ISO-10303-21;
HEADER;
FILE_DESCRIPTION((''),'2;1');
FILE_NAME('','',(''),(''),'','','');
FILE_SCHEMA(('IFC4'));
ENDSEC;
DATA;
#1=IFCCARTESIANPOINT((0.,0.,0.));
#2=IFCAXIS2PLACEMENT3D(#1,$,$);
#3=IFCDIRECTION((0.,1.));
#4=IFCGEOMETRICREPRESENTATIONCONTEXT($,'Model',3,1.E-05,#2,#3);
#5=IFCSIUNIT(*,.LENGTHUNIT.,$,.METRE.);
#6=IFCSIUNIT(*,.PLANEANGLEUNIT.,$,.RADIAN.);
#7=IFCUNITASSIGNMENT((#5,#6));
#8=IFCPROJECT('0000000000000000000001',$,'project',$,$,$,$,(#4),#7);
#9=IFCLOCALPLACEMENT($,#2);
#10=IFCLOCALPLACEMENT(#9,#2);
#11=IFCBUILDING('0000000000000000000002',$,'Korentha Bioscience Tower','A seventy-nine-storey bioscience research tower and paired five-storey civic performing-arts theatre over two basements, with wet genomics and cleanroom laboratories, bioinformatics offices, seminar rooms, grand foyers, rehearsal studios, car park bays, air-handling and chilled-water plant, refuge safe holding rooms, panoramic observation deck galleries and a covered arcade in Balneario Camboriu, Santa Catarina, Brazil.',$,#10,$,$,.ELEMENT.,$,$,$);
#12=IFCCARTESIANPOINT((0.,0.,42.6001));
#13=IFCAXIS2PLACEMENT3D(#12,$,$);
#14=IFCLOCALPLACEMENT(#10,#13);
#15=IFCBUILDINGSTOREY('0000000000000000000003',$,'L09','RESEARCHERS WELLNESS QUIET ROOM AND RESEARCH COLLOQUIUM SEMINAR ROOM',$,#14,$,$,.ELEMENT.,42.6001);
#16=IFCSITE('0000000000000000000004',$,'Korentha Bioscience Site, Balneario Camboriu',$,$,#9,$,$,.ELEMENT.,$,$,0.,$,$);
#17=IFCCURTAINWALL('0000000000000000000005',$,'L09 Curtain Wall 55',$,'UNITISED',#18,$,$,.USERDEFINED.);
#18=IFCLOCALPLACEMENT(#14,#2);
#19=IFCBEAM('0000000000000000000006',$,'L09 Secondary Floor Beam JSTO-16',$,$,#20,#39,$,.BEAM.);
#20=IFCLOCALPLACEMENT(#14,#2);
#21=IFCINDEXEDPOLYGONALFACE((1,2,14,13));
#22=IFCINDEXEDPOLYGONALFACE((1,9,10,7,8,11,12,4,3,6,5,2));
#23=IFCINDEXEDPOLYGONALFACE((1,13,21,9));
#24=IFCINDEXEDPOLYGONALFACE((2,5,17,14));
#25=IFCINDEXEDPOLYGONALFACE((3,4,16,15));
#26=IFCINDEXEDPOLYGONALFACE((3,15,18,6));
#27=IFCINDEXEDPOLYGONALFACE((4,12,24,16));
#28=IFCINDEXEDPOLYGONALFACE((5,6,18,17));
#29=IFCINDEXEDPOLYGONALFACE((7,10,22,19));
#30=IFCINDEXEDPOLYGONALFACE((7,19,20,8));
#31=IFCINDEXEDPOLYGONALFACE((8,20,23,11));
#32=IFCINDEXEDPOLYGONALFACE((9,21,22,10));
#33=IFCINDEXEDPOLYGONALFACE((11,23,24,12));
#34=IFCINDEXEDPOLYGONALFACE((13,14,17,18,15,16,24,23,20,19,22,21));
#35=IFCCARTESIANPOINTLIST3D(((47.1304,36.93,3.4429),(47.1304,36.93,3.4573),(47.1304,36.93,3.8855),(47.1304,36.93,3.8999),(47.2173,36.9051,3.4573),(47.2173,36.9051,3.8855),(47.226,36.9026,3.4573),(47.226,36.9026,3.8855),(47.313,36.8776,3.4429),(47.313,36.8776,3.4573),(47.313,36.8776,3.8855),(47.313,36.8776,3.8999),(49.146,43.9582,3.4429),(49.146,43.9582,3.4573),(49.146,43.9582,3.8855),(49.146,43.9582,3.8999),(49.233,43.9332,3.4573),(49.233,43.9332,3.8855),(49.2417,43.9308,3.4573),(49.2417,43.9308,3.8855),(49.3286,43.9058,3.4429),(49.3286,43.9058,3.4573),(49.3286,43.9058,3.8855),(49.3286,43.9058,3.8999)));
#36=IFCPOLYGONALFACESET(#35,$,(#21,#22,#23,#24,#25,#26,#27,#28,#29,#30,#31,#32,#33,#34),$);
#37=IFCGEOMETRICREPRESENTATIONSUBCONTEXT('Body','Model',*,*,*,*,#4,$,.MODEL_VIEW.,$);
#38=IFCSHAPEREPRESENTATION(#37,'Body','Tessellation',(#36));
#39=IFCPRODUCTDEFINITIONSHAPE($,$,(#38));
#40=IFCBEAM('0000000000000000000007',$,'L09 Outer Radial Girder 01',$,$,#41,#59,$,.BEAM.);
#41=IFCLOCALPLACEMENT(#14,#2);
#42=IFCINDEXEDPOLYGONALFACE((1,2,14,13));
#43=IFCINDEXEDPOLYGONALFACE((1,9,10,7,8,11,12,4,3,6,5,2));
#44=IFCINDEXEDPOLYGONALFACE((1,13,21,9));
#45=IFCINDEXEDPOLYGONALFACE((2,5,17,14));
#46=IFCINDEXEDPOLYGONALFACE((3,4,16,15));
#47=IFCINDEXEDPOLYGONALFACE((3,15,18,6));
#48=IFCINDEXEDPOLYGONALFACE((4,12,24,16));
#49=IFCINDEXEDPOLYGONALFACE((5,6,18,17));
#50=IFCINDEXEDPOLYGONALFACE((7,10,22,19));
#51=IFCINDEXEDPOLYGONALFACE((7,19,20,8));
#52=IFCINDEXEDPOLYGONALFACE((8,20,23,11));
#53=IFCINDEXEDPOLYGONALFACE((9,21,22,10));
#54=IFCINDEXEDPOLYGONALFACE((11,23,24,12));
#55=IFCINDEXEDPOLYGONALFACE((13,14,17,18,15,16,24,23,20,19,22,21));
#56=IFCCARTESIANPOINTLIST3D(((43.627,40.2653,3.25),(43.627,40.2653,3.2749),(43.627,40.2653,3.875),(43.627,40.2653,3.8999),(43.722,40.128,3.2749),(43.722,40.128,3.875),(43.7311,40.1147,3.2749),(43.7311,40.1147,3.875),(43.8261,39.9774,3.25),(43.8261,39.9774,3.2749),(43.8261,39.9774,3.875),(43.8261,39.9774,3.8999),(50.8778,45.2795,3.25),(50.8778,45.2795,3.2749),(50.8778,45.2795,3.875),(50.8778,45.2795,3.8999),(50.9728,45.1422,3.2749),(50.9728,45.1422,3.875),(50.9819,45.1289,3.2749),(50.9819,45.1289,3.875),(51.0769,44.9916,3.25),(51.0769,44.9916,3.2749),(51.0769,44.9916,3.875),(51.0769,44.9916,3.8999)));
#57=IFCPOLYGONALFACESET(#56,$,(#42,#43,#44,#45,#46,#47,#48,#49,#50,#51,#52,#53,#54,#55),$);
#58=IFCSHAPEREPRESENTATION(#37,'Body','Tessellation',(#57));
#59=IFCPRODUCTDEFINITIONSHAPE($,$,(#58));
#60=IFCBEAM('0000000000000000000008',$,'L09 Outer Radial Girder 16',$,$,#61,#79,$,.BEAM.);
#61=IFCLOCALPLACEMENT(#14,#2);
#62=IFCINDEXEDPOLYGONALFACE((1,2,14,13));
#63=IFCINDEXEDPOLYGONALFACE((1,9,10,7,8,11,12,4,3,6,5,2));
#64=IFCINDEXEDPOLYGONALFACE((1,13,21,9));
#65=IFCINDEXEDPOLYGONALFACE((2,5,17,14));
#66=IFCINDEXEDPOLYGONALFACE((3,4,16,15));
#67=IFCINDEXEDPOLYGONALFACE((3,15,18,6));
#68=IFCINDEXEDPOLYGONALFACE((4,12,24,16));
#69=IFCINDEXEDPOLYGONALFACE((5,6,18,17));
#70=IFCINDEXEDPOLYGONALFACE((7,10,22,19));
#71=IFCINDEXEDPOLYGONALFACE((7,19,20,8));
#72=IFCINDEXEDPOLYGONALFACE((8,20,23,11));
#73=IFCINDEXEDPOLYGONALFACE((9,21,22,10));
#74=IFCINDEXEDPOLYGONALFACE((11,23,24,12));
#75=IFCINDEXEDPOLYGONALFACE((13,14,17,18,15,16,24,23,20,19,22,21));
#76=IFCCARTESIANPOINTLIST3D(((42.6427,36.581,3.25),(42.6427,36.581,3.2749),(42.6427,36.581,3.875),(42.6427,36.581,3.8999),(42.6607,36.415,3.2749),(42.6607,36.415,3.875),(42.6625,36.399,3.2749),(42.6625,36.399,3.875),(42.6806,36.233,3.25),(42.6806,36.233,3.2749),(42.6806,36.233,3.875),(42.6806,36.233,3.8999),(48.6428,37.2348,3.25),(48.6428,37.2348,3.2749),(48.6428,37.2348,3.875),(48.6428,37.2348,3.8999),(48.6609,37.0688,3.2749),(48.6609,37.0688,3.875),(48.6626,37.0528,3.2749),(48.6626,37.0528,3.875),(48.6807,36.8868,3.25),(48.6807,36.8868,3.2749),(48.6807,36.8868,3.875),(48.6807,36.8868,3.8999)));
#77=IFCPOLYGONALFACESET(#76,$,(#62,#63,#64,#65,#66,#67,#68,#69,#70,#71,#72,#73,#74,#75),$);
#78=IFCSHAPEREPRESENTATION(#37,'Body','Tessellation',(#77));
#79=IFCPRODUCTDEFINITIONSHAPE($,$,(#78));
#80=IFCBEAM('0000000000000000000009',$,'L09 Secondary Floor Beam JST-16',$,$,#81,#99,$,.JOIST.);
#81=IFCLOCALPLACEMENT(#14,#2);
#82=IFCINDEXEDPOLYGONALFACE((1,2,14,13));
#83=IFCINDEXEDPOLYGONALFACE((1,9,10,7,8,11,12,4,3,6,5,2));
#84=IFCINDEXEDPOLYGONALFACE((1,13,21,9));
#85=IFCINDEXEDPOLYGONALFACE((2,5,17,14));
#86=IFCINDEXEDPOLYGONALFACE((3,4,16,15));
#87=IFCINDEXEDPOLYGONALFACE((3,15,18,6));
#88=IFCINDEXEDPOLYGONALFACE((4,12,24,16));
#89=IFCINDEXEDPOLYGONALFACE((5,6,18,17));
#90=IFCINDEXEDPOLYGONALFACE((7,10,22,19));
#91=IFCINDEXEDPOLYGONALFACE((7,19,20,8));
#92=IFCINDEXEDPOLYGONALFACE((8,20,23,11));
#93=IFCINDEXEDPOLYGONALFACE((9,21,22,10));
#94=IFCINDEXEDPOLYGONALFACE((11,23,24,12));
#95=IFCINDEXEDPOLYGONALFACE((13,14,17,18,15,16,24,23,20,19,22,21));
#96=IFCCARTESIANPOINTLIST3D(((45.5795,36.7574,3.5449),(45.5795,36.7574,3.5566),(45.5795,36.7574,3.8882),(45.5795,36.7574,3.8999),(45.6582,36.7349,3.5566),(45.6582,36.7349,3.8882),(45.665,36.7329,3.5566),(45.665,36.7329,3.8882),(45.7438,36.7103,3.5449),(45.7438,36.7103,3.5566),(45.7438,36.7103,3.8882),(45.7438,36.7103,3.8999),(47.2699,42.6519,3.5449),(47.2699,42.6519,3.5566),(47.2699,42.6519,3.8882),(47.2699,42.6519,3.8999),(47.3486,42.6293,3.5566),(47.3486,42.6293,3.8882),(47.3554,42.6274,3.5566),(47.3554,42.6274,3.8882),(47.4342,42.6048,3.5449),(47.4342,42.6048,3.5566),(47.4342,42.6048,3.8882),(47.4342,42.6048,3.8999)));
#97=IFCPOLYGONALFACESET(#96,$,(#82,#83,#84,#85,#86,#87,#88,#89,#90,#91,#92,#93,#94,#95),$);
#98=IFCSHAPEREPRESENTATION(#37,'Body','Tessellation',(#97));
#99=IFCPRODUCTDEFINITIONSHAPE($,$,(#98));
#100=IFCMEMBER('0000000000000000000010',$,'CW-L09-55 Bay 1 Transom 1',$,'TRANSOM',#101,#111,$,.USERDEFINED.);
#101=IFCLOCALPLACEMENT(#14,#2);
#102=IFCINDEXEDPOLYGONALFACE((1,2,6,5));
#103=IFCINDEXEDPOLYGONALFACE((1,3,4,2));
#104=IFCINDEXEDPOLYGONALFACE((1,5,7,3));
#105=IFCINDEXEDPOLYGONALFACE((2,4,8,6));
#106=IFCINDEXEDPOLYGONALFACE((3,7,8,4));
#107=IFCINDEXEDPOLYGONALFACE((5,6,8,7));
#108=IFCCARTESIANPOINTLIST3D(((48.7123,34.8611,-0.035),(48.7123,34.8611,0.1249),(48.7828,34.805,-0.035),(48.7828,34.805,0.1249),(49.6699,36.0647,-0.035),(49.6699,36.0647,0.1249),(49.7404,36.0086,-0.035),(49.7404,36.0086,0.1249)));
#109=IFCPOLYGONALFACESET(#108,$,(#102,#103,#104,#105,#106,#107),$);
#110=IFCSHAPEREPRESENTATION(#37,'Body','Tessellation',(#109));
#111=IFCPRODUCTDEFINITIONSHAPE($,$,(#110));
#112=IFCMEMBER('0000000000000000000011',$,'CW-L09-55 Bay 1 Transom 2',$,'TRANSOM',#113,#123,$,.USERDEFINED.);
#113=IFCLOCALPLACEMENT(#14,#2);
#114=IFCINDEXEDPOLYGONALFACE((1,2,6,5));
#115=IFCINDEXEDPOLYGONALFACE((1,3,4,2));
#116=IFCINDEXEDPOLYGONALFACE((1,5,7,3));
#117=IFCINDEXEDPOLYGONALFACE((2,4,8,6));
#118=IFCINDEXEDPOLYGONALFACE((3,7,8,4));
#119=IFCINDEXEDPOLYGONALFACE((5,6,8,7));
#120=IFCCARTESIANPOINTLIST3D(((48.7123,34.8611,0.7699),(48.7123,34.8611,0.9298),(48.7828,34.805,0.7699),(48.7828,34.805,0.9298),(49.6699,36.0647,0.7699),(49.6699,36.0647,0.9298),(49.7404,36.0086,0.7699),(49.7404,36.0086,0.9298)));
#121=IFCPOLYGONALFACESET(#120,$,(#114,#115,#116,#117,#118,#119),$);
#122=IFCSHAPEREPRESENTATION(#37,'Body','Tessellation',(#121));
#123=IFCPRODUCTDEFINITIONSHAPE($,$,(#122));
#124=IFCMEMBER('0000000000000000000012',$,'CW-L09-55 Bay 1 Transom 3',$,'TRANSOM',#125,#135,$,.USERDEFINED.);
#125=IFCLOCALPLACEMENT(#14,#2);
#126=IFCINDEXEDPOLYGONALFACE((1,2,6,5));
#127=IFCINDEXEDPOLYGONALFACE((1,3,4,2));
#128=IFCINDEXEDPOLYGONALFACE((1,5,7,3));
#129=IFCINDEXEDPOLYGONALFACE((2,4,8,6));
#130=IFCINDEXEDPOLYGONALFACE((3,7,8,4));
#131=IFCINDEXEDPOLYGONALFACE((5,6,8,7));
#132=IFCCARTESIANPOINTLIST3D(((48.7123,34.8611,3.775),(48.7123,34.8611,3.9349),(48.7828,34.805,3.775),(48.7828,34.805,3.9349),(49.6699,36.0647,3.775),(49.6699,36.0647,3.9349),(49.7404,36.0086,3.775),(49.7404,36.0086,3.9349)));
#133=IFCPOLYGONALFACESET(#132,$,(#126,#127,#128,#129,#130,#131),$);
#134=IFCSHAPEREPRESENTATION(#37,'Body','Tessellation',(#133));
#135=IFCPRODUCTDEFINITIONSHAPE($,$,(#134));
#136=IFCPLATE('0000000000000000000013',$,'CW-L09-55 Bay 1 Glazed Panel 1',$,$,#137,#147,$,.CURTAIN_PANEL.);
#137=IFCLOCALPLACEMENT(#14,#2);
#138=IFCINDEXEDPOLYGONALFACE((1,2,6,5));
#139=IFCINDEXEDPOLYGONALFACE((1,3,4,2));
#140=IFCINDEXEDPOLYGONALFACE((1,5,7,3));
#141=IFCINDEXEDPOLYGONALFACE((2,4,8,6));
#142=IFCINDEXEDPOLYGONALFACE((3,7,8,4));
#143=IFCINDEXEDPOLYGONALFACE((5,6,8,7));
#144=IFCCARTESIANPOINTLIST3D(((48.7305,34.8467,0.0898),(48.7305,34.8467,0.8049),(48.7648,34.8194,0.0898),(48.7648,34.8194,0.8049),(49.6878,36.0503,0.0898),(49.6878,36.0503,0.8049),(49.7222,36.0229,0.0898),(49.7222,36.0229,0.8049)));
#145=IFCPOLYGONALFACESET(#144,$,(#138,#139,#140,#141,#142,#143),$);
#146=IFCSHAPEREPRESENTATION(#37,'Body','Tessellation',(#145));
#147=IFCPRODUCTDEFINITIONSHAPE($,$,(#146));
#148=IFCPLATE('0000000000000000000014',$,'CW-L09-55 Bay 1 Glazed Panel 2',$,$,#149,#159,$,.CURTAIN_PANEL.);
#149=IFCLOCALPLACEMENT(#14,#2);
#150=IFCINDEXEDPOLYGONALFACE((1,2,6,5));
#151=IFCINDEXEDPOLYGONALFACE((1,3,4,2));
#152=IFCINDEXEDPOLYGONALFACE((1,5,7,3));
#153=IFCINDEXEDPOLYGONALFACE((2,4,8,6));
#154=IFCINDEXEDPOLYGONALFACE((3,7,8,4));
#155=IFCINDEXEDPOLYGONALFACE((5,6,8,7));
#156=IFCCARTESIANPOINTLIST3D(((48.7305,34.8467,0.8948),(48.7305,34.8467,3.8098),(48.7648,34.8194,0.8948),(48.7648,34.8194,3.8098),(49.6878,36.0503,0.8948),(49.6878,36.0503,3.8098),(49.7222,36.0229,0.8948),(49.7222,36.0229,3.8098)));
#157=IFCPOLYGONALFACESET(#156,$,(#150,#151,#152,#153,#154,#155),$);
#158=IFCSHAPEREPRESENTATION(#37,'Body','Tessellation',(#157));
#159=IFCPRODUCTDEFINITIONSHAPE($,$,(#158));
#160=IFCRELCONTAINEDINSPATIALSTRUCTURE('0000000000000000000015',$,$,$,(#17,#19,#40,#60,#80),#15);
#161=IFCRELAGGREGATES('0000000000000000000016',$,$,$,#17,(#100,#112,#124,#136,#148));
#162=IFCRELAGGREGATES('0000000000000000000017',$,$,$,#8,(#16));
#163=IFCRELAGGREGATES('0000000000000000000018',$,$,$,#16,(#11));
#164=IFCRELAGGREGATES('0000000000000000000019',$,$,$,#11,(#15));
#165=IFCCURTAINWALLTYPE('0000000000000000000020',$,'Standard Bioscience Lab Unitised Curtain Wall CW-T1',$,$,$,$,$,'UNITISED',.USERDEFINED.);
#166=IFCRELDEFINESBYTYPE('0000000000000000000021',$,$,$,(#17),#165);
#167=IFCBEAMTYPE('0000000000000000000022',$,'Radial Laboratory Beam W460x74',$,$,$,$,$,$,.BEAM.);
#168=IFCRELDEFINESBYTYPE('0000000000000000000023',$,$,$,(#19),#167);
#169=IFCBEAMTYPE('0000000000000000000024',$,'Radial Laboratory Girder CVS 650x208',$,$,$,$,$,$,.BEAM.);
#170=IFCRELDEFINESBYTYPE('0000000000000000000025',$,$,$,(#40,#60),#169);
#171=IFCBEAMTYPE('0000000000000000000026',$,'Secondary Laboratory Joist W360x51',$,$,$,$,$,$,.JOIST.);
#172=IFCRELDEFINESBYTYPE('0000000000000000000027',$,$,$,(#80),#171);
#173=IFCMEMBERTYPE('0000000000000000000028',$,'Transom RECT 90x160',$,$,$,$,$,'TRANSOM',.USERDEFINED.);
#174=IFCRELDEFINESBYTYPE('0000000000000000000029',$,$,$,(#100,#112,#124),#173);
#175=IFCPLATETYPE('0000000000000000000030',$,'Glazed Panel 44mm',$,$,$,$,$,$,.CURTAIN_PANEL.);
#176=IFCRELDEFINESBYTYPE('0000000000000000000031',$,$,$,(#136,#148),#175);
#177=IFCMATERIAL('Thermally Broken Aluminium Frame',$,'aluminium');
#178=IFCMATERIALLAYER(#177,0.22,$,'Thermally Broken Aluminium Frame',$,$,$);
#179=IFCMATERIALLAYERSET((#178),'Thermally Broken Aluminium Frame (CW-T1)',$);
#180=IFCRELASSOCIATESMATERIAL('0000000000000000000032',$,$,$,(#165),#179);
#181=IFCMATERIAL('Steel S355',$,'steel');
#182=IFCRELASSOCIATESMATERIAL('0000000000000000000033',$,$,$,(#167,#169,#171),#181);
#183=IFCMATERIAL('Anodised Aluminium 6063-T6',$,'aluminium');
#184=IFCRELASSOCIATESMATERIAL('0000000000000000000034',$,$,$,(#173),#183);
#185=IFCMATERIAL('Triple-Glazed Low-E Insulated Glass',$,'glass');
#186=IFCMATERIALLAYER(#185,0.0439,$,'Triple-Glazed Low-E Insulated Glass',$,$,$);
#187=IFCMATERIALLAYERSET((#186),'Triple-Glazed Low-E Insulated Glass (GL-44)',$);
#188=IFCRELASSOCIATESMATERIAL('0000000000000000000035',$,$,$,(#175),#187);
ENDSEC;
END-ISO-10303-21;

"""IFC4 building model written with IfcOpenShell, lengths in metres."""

from ifc_helpers import new_model, si_unit, direction, frame, origin, origin_2d, place, context, subcontext, project, spatial, rectangle, i_section, extrude, material, layer, layer_set, material_profile, profile_set, type_object, element, aggregate, save


model = new_model("IFC4")

# Units and contexts
model_context = context("Model", 3, precision=1e-05, world=origin(), true_north=direction((0.0, 1.0)))
body_context = subcontext(model_context, "Body", "Model", "MODEL_VIEW")
ifc_project = project(units=[si_unit("LENGTHUNIT", "METRE"), si_unit("PLANEANGLEUNIT", "RADIAN")], contexts=[model_context])

# Site, building, storey
site_placement = place(None, origin())
site = spatial("IfcSite", under=ifc_project, at=site_placement, Name="Korentha Bioscience Site, Balneario Camboriu", CompositionType="ELEMENT", RefElevation=0.0)
building_placement = place(site_placement, origin())
building = spatial("IfcBuilding", under=site, at=building_placement, Name="Korentha Bioscience Tower", Description="A seventy-nine-storey bioscience research tower and paired five-storey civic performing-arts theatre over two basements, with wet genomics and cleanroom laboratories, bioinformatics offices, seminar rooms, grand foyers, rehearsal studios, car park bays, air-handling and chilled-water plant, refuge safe holding rooms, panoramic observation deck galleries and a covered arcade in Balneario Camboriu, Santa Catarina, Brazil.", CompositionType="ELEMENT")
storey_placement = place(building_placement, frame((0.0, 0.0, 42.6001)))
storey = spatial("IfcBuildingStorey", under=building, at=storey_placement, Name="L09", Description="RESEARCHERS WELLNESS QUIET ROOM AND RESEARCH COLLOQUIUM SEMINAR ROOM", CompositionType="ELEMENT", Elevation=42.6001)

# Shared definitions
ifc_material_1 = material(Name="Steel S355", Category="steel")

# Shared definitions
ifc_material_2 = material(Name="Thermally Broken Aluminium Frame", Category="aluminium")
ifc_layer_1 = layer(ifc_material_2, 0.22, Name="Thermally Broken Aluminium Frame")
ifc_layer_set_1 = layer_set([ifc_layer_1], Name="Thermally Broken Aluminium Frame (CW-T1)")
curtain_wall_type = type_object("IfcCurtainWallType", Name="Standard Bioscience Lab Unitised Curtain Wall CW-T1", ElementType="UNITISED", PredefinedType="USERDEFINED", material=ifc_layer_set_1)
ifc_material_3 = material(Name="Anodised Aluminium 6063-T6", Category="aluminium")

# Curtain wall
curtain_wall_1_placement = place(storey_placement, origin())
curtain_wall_1 = element("IfcCurtainWall", 1, at=curtain_wall_1_placement, inside=storey, type_object=curtain_wall_type, Name="L09 Curtain Wall 55", ObjectType="UNITISED", PredefinedType="USERDEFINED")

# Beams
ifc_material_profile_1 = material_profile(ifc_material_1, i_section(OverallWidth=0.1899, OverallDepth=0.457, WebThickness=0.009, FlangeThickness=0.0144, at=origin_2d()), Name="Steel S355")
ifc_profile_set_1 = profile_set([ifc_material_profile_1], Name="Steel S355 (RB-460)")
beam_type_1 = type_object("IfcBeamType", Name="Radial Laboratory Beam W460x74", PredefinedType="BEAM", material=ifc_profile_set_1)
beam_1_placement = place(storey_placement, frame((47.2217, 36.9038, 3.6714), z_axis=(0.275682, 0.961249, 0.0), x_axis=(-0.961249, 0.275682, 0.0)))
element("IfcBeam", 2, at=beam_1_placement, inside=storey, type_object=beam_type_1, Name="L09 Secondary Floor Beam JSTO-16", PredefinedType="BEAM", context=body_context, shape_type="SweptSolid", body=[
    extrude(i_section(OverallWidth=0.1899, OverallDepth=0.457, WebThickness=0.009, FlangeThickness=0.0144, at=origin_2d()), origin(), (0.0, 0.0, 1.0), 7.3115),
])
ifc_material_profile_2 = material_profile(ifc_material_1, i_section(OverallWidth=0.3501, OverallDepth=0.6499, WebThickness=0.0161, FlangeThickness=0.0249, at=origin_2d()), Name="Steel S355")
ifc_profile_set_2 = profile_set([ifc_material_profile_2], Name="Steel S355 (RB-650)")
beam_type_2 = type_object("IfcBeamType", Name="Radial Laboratory Girder CVS 650x208", PredefinedType="BEAM", material=ifc_profile_set_2)
beam_2_placement = place(storey_placement, frame((43.7266, 40.1213, 3.575), z_axis=(0.822488, 0.568782, 0.0), x_axis=(-0.568782, 0.822488, 0.0)))
element("IfcBeam", 3, at=beam_2_placement, inside=storey, type_object=beam_type_2, Name="L09 Outer Radial Girder 01", PredefinedType="BEAM", context=body_context, shape_type="SweptSolid", body=[
    extrude(i_section(OverallWidth=0.3501, OverallDepth=0.6499, WebThickness=0.0161, FlangeThickness=0.0249, at=origin_2d()), origin(), (0.0, 0.0, 1.0), 8.8157),
])
beam_3_placement = place(storey_placement, frame((42.6616, 36.407, 3.575), z_axis=(0.994116, 0.108323, 0.0), x_axis=(-0.108323, 0.994116, 0.0)))
element("IfcBeam", 4, at=beam_3_placement, inside=storey, type_object=beam_type_2, Name="L09 Outer Radial Girder 16", PredefinedType="BEAM", context=body_context, shape_type="SweptSolid", body=[
    extrude(i_section(OverallWidth=0.3501, OverallDepth=0.6499, WebThickness=0.0161, FlangeThickness=0.0249, at=origin_2d()), origin(), (0.0, 0.0, 1.0), 6.0356),
])
ifc_material_profile_3 = material_profile(ifc_material_1, i_section(OverallWidth=0.1709, OverallDepth=0.355, WebThickness=0.0071, FlangeThickness=0.0117, at=origin_2d()), Name="Steel S355")
ifc_profile_set_3 = profile_set([ifc_material_profile_3], Name="Steel S355 (JB-360)")
beam_type_3 = type_object("IfcBeamType", Name="Secondary Laboratory Joist W360x51", PredefinedType="JOIST", material=ifc_profile_set_3)
beam_4_placement = place(storey_placement, frame((45.6616, 36.7339, 3.7224), z_axis=(0.275668, 0.961253, 0.0), x_axis=(-0.961253, 0.275668, 0.0)))
element("IfcBeam", 5, at=beam_4_placement, inside=storey, type_object=beam_type_3, Name="L09 Secondary Floor Beam JST-16", PredefinedType="JOIST", context=body_context, shape_type="SweptSolid", body=[
    extrude(i_section(OverallWidth=0.1709, OverallDepth=0.355, WebThickness=0.0071, FlangeThickness=0.0117, at=origin_2d()), origin(), (0.0, 0.0, 1.0), 6.1321),
])

# Members
ifc_material_profile_4 = material_profile(ifc_material_3, rectangle(XDim=0.0901, YDim=0.1599, at=origin_2d()), Name="Anodised Aluminium 6063-T6")
ifc_profile_set_4 = profile_set([ifc_material_profile_4], Name="Anodised Aluminium 6063-T6 (CW-TRN)")
member_type_1 = type_object("IfcMemberType", Name="Transom RECT 90x160", ElementType="TRANSOM", PredefinedType="USERDEFINED", material=ifc_profile_set_4)
member_1_placement = place(storey_placement, frame((48.7476, 34.833, 0.0449), z_axis=(0.622563, 0.782569, 0.0), x_axis=(-0.782569, 0.622563, 0.0)))
member_1 = element("IfcMember", 6, at=member_1_placement, type_object=member_type_1, Name="CW-L09-55 Bay 1 Transom 1", ObjectType="TRANSOM", PredefinedType="USERDEFINED", context=body_context, shape_type="SweptSolid", body=[
    extrude(rectangle(XDim=0.0901, YDim=0.1599, at=origin_2d()), origin(), (0.0, 0.0, 1.0), 1.5381),
])
member_2_placement = place(storey_placement, frame((48.7476, 34.833, 0.8499), z_axis=(0.622563, 0.782569, 0.0), x_axis=(-0.782569, 0.622563, 0.0)))
member_2 = element("IfcMember", 7, at=member_2_placement, type_object=member_type_1, Name="CW-L09-55 Bay 1 Transom 2", ObjectType="TRANSOM", PredefinedType="USERDEFINED", context=body_context, shape_type="SweptSolid", body=[
    extrude(rectangle(XDim=0.0901, YDim=0.1599, at=origin_2d()), origin(), (0.0, 0.0, 1.0), 1.5381),
])
member_3_placement = place(storey_placement, frame((48.7476, 34.833, 3.855), z_axis=(0.622563, 0.782569, 0.0), x_axis=(-0.782569, 0.622563, 0.0)))
member_3 = element("IfcMember", 8, at=member_3_placement, type_object=member_type_1, Name="CW-L09-55 Bay 1 Transom 3", ObjectType="TRANSOM", PredefinedType="USERDEFINED", context=body_context, shape_type="SweptSolid", body=[
    extrude(rectangle(XDim=0.0901, YDim=0.1599, at=origin_2d()), origin(), (0.0, 0.0, 1.0), 1.5381),
])

# Plates
ifc_material_4 = material(Name="Triple-Glazed Low-E Insulated Glass", Category="glass")
ifc_layer_2 = layer(ifc_material_4, 0.0439, Name="Triple-Glazed Low-E Insulated Glass")
ifc_layer_set_2 = layer_set([ifc_layer_2], Name="Triple-Glazed Low-E Insulated Glass (GL-44)")
plate_type = type_object("IfcPlateType", Name="Glazed Panel 44mm", PredefinedType="CURTAIN_PANEL", material=ifc_layer_set_2)
plate_1_placement = place(storey_placement, frame((49.2263, 35.4348, 0.0898), z_axis=(0.0, 0.0, 1.0), x_axis=(0.62252, 0.782604, 0.0)))
plate_1 = element("IfcPlate", 9, at=plate_1_placement, type_object=plate_type, Name="CW-L09-55 Bay 1 Glazed Panel 1", PredefinedType="CURTAIN_PANEL", context=body_context, shape_type="SweptSolid", body=[
    extrude(rectangle(XDim=1.5378, YDim=0.0439, at=origin_2d()), origin(), (0.0, 0.0, 1.0), 0.7151),
])
plate_2_placement = place(storey_placement, frame((49.2263, 35.4348, 0.8948), z_axis=(0.0, 0.0, 1.0), x_axis=(0.62252, 0.782604, 0.0)))
plate_2 = element("IfcPlate", 10, at=plate_2_placement, type_object=plate_type, Name="CW-L09-55 Bay 1 Glazed Panel 2", PredefinedType="CURTAIN_PANEL", context=body_context, shape_type="SweptSolid", body=[
    extrude(rectangle(XDim=1.5378, YDim=0.0439, at=origin_2d()), origin(), (0.0, 0.0, 1.0), 2.915),
])
aggregate(curtain_wall_1, [member_1, member_2, member_3, plate_1, plate_2])

save(model, "model.ifc")
